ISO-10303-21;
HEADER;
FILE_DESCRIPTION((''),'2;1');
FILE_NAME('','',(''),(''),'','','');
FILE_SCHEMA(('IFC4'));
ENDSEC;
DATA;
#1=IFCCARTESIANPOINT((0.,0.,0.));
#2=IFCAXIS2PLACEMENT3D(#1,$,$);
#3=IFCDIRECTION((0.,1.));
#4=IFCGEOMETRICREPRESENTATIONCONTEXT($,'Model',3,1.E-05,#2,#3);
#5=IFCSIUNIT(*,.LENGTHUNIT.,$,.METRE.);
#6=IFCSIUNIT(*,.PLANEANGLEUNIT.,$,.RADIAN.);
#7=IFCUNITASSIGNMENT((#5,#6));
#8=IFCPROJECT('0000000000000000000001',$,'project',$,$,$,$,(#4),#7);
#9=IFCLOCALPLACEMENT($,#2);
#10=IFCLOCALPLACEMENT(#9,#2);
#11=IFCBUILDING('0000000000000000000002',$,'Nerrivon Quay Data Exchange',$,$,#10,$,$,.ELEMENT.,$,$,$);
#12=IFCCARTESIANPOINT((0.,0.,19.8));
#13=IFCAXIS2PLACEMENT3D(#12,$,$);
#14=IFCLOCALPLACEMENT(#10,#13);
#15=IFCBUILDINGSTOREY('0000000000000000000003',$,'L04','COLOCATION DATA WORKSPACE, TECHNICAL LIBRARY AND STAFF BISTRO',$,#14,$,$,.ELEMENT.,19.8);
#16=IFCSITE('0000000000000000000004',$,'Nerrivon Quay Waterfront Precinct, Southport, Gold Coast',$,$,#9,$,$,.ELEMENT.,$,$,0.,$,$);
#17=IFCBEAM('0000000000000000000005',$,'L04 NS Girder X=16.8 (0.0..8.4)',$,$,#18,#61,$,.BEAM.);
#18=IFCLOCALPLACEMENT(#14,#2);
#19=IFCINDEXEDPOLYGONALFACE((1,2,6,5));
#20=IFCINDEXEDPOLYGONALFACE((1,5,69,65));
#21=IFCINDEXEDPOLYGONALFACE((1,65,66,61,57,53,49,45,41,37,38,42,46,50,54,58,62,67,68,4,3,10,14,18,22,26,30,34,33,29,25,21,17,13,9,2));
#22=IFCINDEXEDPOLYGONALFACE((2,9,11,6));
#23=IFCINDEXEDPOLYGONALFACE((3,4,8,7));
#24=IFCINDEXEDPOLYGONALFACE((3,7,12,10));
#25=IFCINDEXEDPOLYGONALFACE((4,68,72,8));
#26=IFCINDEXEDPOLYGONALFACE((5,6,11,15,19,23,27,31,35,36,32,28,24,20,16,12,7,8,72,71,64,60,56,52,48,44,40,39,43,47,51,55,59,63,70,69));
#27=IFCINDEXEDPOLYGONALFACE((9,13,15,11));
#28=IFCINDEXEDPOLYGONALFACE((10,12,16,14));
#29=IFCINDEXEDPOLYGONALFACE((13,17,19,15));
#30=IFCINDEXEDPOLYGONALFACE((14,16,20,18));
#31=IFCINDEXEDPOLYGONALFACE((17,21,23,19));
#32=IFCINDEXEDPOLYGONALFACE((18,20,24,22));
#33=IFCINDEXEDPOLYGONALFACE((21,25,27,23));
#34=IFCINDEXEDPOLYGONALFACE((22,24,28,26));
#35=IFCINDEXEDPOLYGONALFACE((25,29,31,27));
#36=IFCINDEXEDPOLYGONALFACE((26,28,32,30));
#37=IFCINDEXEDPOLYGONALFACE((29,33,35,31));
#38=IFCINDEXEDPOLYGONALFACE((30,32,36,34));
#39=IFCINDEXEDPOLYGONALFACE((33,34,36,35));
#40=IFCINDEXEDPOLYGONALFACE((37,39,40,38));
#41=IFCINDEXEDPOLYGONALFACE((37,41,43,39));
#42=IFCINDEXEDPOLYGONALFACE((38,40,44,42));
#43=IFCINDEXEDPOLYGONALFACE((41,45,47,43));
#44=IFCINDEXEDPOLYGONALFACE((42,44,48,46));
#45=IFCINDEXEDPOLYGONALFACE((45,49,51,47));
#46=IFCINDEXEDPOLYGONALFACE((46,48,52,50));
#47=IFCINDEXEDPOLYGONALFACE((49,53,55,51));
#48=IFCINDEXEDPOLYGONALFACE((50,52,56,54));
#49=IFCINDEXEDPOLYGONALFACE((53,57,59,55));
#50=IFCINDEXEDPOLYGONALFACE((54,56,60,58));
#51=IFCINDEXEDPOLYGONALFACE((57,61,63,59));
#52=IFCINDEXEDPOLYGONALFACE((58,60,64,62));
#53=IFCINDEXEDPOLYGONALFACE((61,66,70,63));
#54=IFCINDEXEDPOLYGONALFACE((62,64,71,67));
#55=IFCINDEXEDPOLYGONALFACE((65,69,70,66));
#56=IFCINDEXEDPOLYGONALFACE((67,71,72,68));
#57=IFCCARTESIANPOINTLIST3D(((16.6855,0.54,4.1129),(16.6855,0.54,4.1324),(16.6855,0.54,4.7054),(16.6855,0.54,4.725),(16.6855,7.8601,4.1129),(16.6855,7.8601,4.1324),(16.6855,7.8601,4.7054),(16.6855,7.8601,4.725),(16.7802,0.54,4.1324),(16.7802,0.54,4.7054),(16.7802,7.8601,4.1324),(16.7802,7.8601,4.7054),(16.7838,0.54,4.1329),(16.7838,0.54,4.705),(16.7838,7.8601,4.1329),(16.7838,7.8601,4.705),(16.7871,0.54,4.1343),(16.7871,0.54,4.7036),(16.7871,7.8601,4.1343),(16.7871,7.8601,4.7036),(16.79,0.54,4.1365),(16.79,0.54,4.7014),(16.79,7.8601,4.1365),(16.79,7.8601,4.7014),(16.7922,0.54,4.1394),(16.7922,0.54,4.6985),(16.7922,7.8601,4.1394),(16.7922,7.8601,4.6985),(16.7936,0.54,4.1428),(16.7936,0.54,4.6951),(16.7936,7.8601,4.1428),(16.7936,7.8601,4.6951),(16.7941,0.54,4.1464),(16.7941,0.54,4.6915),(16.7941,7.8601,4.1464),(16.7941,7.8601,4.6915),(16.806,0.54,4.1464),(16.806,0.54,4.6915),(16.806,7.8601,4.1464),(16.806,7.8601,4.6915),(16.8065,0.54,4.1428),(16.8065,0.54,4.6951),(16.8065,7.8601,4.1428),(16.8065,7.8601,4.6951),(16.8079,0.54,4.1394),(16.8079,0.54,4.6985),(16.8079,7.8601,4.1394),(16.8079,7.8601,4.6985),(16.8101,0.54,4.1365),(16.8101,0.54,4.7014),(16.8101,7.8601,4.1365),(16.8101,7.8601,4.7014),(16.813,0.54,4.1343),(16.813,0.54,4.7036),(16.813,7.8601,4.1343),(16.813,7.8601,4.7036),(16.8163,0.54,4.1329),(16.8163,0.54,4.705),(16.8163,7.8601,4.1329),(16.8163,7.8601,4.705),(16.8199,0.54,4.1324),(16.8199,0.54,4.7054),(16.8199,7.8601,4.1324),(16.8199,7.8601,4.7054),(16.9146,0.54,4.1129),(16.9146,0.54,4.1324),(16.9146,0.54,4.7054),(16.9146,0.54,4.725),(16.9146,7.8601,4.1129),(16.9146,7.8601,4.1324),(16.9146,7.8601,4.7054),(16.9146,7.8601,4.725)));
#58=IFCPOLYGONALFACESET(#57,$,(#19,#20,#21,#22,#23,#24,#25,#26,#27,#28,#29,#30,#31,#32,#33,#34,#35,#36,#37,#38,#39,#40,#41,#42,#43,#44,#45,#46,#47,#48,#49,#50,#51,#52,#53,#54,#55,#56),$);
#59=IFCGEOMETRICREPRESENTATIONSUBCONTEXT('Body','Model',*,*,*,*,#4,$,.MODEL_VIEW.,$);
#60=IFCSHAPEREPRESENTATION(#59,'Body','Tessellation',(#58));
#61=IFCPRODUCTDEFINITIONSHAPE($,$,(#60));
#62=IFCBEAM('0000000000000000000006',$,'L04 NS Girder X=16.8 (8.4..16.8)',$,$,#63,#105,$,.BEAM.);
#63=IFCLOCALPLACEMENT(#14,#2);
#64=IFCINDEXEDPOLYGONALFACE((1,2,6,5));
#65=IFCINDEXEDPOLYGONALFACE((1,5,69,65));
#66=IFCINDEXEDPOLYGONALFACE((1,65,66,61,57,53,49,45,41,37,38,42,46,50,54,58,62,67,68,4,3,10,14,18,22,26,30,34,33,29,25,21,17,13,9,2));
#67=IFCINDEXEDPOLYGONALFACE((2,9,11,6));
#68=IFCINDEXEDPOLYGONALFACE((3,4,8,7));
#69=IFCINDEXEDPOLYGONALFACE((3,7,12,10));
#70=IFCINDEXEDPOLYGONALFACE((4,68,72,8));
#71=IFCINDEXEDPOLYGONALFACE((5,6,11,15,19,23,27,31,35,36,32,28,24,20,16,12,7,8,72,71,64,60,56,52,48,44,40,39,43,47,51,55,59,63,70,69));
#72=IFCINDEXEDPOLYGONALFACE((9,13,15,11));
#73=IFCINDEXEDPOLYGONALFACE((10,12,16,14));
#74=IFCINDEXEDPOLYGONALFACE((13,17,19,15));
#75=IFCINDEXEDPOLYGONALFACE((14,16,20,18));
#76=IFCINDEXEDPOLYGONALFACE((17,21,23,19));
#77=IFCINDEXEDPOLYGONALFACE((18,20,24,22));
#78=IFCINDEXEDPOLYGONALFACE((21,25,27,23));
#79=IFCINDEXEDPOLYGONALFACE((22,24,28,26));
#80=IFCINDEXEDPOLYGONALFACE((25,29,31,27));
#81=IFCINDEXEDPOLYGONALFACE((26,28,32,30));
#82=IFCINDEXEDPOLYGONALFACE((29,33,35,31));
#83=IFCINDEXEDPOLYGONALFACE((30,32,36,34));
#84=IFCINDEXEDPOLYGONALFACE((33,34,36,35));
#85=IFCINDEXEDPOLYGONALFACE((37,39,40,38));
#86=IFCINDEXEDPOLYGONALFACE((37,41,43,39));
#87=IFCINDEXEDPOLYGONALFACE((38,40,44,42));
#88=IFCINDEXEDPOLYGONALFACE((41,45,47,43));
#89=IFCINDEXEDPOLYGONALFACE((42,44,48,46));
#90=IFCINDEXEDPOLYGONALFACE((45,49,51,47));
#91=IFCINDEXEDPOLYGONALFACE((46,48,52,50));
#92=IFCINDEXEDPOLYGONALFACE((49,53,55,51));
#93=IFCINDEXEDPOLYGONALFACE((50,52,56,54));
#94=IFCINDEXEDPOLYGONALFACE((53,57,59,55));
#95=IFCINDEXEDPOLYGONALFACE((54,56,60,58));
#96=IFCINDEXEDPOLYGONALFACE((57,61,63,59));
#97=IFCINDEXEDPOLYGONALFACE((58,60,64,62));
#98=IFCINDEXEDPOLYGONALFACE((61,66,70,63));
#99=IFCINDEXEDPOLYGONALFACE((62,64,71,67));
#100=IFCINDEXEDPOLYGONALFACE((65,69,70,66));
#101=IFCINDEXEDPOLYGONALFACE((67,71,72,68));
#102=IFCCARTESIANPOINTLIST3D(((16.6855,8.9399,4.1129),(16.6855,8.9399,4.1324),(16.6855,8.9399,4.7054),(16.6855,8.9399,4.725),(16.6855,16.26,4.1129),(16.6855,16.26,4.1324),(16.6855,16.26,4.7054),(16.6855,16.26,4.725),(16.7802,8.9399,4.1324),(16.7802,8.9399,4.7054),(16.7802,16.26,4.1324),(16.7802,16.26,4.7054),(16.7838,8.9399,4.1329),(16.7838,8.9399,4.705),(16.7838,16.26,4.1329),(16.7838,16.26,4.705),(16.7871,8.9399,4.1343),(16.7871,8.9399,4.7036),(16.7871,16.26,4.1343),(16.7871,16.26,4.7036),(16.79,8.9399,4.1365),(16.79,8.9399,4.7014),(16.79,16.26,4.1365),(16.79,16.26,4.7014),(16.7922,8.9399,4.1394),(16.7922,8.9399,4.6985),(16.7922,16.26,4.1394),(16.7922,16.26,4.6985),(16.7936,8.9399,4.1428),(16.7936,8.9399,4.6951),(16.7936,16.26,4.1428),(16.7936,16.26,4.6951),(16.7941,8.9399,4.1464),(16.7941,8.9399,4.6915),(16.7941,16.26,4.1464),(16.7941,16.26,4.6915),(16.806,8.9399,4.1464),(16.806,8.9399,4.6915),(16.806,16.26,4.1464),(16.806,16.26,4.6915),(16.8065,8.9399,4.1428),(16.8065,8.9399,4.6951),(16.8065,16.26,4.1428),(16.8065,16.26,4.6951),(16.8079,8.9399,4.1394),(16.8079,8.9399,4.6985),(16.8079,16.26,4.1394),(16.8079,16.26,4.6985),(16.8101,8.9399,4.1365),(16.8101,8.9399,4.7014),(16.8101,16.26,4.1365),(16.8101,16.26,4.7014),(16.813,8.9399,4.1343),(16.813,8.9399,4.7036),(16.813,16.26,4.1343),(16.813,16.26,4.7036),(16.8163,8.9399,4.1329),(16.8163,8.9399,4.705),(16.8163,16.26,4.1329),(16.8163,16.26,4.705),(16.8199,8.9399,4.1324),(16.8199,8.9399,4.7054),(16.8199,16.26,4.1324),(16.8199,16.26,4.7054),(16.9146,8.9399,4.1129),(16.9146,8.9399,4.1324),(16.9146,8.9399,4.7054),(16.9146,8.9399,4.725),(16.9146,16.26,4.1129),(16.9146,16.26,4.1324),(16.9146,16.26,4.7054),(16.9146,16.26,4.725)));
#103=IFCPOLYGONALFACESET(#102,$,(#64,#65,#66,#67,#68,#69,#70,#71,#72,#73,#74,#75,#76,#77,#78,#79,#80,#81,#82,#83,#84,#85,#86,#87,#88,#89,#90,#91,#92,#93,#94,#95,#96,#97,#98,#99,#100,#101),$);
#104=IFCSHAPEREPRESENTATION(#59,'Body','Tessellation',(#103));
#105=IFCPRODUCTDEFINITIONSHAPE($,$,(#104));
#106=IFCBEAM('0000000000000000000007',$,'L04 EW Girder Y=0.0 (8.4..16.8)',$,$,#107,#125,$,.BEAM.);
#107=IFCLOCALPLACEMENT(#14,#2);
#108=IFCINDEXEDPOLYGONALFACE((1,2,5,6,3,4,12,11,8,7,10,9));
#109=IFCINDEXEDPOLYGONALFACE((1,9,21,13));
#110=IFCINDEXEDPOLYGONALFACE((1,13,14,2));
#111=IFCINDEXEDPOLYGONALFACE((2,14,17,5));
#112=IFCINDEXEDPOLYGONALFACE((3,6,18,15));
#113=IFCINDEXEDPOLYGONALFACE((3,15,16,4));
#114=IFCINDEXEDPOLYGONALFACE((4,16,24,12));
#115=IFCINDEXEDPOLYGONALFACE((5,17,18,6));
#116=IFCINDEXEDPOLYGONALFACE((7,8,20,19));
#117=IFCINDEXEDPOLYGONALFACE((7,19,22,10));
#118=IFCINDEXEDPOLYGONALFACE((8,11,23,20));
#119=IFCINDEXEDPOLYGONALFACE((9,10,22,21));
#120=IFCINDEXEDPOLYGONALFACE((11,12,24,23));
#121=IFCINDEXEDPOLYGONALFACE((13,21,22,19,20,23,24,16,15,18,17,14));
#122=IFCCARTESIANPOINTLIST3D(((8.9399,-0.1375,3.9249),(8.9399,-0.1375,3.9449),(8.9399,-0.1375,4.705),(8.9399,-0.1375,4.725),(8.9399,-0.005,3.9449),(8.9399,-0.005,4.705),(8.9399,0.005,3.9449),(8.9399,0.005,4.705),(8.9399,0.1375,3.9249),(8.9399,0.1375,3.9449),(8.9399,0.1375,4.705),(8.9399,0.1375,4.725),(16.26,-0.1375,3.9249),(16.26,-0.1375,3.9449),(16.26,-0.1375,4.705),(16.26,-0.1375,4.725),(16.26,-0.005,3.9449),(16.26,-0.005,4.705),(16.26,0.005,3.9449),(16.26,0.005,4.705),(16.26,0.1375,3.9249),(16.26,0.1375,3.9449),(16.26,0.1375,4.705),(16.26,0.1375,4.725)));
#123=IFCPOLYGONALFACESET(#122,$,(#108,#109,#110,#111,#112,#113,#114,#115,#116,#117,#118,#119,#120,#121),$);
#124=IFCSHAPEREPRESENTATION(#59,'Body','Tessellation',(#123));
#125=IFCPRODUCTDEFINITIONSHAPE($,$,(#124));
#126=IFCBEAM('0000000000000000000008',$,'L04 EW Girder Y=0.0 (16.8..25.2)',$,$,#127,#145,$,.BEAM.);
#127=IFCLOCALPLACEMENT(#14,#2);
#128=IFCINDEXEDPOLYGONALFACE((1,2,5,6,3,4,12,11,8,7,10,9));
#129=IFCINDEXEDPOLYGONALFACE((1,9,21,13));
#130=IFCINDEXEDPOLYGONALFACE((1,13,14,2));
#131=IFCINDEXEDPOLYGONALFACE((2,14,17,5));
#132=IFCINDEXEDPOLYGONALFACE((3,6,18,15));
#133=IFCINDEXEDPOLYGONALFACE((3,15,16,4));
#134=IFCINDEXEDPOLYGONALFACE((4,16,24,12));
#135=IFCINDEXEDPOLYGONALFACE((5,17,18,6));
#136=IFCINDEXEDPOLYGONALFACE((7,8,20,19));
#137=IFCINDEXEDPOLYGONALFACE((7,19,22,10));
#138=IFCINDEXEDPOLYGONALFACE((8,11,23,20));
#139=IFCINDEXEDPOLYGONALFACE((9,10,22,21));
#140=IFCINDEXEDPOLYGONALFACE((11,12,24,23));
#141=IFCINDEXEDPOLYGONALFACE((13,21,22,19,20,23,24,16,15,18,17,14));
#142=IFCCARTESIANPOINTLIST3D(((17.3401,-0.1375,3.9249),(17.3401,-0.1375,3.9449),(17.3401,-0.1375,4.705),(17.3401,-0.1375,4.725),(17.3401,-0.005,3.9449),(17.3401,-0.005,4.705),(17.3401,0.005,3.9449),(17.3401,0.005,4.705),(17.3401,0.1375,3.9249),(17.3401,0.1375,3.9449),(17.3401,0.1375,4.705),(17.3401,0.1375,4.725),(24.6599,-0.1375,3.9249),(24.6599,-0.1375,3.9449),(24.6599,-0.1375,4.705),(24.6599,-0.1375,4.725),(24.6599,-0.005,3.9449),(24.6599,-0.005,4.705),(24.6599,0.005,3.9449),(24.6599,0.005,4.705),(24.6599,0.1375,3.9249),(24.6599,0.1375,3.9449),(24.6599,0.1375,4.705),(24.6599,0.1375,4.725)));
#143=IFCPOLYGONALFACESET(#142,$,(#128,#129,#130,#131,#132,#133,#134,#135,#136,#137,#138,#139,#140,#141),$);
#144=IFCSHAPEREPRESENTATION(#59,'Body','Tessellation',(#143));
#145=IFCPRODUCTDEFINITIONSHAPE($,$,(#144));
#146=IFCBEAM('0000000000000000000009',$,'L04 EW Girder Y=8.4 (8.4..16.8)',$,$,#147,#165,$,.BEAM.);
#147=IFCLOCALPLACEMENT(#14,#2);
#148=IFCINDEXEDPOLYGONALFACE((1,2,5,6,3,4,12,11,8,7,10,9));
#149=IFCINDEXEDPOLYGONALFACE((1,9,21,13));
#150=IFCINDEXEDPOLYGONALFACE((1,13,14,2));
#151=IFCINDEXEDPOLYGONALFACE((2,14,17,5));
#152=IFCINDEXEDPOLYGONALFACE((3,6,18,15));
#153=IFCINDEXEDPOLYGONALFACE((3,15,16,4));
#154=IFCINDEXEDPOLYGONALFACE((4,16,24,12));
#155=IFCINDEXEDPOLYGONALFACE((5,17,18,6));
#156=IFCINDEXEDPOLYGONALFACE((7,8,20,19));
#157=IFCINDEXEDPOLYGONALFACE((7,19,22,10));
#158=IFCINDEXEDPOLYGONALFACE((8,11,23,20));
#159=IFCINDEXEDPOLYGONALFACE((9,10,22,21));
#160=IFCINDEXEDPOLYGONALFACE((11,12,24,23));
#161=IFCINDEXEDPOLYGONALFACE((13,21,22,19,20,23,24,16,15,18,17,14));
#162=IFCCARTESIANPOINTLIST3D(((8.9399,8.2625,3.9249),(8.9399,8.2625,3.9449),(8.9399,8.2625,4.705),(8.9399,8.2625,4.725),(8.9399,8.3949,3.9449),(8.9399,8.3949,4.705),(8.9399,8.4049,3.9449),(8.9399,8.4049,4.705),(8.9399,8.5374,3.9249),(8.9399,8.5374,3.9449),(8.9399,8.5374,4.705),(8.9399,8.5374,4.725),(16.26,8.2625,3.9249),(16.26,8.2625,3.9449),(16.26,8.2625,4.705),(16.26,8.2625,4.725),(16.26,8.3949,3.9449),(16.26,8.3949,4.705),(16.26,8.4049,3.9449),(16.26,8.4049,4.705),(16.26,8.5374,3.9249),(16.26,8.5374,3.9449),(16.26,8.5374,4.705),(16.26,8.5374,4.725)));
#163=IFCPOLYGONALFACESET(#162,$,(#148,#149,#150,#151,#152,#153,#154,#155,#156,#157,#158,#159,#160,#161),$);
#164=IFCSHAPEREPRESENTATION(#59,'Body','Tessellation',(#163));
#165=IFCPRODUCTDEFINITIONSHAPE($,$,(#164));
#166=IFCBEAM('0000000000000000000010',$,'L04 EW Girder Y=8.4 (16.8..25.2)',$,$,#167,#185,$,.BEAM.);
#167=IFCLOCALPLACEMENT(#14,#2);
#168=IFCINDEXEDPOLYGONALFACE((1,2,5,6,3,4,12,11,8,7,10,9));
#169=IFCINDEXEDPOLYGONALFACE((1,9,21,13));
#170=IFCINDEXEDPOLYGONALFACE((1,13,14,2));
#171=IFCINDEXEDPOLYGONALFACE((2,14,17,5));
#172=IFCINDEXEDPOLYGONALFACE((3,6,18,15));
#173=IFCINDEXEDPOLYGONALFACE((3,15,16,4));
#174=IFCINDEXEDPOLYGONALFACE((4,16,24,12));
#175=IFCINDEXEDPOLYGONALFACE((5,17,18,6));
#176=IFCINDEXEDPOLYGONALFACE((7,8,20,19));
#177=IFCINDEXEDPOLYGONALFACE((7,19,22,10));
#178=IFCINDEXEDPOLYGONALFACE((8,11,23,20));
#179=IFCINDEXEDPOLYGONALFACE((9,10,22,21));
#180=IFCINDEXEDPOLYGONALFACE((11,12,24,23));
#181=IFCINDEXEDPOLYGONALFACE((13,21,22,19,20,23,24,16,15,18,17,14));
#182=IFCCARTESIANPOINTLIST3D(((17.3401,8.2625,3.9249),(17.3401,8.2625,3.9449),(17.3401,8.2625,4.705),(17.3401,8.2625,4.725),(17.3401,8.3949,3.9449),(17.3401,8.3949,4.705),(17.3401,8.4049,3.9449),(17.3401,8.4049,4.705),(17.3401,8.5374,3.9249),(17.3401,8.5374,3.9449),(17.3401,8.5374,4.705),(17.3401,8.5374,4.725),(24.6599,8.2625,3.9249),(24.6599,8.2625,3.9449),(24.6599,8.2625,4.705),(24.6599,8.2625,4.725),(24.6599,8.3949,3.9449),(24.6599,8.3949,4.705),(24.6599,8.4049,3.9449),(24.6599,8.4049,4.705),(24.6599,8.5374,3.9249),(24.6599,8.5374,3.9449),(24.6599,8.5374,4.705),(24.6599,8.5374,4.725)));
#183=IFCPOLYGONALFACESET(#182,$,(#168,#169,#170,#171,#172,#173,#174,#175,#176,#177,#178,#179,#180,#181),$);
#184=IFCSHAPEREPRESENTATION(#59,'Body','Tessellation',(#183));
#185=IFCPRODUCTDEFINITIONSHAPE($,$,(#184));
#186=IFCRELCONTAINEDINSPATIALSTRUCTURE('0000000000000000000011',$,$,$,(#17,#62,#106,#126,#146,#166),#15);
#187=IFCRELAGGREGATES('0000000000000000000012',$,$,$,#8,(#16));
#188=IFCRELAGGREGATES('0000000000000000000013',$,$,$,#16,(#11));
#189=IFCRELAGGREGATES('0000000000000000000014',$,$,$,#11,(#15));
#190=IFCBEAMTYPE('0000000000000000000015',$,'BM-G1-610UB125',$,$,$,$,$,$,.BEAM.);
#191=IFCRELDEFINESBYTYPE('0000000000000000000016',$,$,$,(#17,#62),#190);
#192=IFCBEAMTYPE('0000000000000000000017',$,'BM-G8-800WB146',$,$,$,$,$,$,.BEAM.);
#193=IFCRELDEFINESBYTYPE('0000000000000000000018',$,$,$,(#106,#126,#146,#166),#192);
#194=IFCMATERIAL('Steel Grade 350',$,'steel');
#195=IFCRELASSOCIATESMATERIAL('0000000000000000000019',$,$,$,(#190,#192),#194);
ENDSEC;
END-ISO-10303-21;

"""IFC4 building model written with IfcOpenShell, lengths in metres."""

from ifc_helpers import new_model, si_unit, direction, frame, origin, origin_2d, place, context, subcontext, project, spatial, i_section, extrude, material, material_profile, profile_set, type_object, element, save


model = new_model("IFC4")

# Units and contexts
model_context = context("Model", 3, precision=1e-05, world=origin(), true_north=direction((0.0, 1.0)))
body_context = subcontext(model_context, "Body", "Model", "MODEL_VIEW")
ifc_project = project(units=[si_unit("LENGTHUNIT", "METRE"), si_unit("PLANEANGLEUNIT", "RADIAN")], contexts=[model_context])

# Site, building, storey
site_placement = place(None, origin())
site = spatial("IfcSite", under=ifc_project, at=site_placement, Name="Nerrivon Quay Waterfront Precinct, Southport, Gold Coast", CompositionType="ELEMENT", RefElevation=0.0)
building_placement = place(site_placement, origin())
building = spatial("IfcBuilding", under=site, at=building_placement, Name="Nerrivon Quay Data Exchange", CompositionType="ELEMENT")
storey_placement = place(building_placement, frame((0.0, 0.0, 19.8)))
storey = spatial("IfcBuildingStorey", under=building, at=storey_placement, Name="L04", Description="COLOCATION DATA WORKSPACE, TECHNICAL LIBRARY AND STAFF BISTRO", CompositionType="ELEMENT", Elevation=19.8)

# Beams
ifc_material_1 = material(Name="Steel Grade 350", Category="steel")
ifc_material_profile_1 = material_profile(ifc_material_1, i_section(OverallWidth=0.229, OverallDepth=0.6121, WebThickness=0.012, FlangeThickness=0.0195, FilletRadius=0.0139, at=origin_2d()), Name="610UB125")
ifc_profile_set_1 = profile_set([ifc_material_profile_1], Name="Steel Grade 350")
beam_type_1 = type_object("IfcBeamType", Name="BM-G1-610UB125", PredefinedType="BEAM", material=ifc_profile_set_1)
for number, where, z_axis, x_axis, name in (
    (1, (16.8, 0.54, 4.4189), (0.0, 1.0, 0.0), (-1.0, 0.0, 0.0), "L04 NS Girder X=16.8 (0.0..8.4)"),
    (2, (16.8, 8.9399, 4.4189), (0.0, 1.0, 0.0), (-1.0, 0.0, 0.0), "L04 NS Girder X=16.8 (8.4..16.8)"),
):
    element("IfcBeam", number, at=place(storey_placement, frame(where, z_axis=z_axis, x_axis=x_axis)), inside=storey, type_object=beam_type_1, Name=name, PredefinedType="BEAM", context=body_context, shape_type="SweptSolid", body=[
        extrude(i_section(OverallWidth=0.229, OverallDepth=0.6121, WebThickness=0.012, FlangeThickness=0.0195, FilletRadius=0.0139, at=origin_2d()), origin(), (0.0, 0.0, 1.0), 7.3201),
    ])
ifc_material_profile_2 = material_profile(ifc_material_1, i_section(OverallWidth=0.2749, OverallDepth=0.8, WebThickness=0.01, FlangeThickness=0.02, at=origin_2d()), Name="800WB146")
ifc_profile_set_2 = profile_set([ifc_material_profile_2], Name="Steel Grade 350")
beam_type_2 = type_object("IfcBeamType", Name="BM-G8-800WB146", PredefinedType="BEAM", material=ifc_profile_set_2)
beam_1_placement = place(storey_placement, frame((8.9399, 0.0, 4.325), z_axis=(1.0, 0.0, 0.0), x_axis=(0.0, 1.0, 0.0)))
element("IfcBeam", 3, at=beam_1_placement, inside=storey, type_object=beam_type_2, Name="L04 EW Girder Y=0.0 (8.4..16.8)", PredefinedType="BEAM", context=body_context, shape_type="SweptSolid", body=[
    extrude(i_section(OverallWidth=0.2749, OverallDepth=0.8, WebThickness=0.01, FlangeThickness=0.02, at=origin_2d()), origin(), (0.0, 0.0, 1.0), 7.3201),
])
beam_2_placement = place(storey_placement, frame((17.3401, 0.0, 4.325), z_axis=(1.0, 0.0, 0.0), x_axis=(0.0, 1.0, 0.0)))
element("IfcBeam", 4, at=beam_2_placement, inside=storey, type_object=beam_type_2, Name="L04 EW Girder Y=0.0 (16.8..25.2)", PredefinedType="BEAM", context=body_context, shape_type="SweptSolid", body=[
    extrude(i_section(OverallWidth=0.2749, OverallDepth=0.8, WebThickness=0.01, FlangeThickness=0.02, at=origin_2d()), origin(), (0.0, 0.0, 1.0), 7.3198),
])
beam_3_placement = place(storey_placement, frame((8.9399, 8.3999, 4.325), z_axis=(1.0, 0.0, 0.0), x_axis=(0.0, 1.0, 0.0)))
element("IfcBeam", 5, at=beam_3_placement, inside=storey, type_object=beam_type_2, Name="L04 EW Girder Y=8.4 (8.4..16.8)", PredefinedType="BEAM", context=body_context, shape_type="SweptSolid", body=[
    extrude(i_section(OverallWidth=0.2749, OverallDepth=0.8, WebThickness=0.01, FlangeThickness=0.02, at=origin_2d()), origin(), (0.0, 0.0, 1.0), 7.3201),
])
beam_4_placement = place(storey_placement, frame((17.3401, 8.3999, 4.325), z_axis=(1.0, 0.0, 0.0), x_axis=(0.0, 1.0, 0.0)))
element("IfcBeam", 6, at=beam_4_placement, inside=storey, type_object=beam_type_2, Name="L04 EW Girder Y=8.4 (16.8..25.2)", PredefinedType="BEAM", context=body_context, shape_type="SweptSolid", body=[
    extrude(i_section(OverallWidth=0.2749, OverallDepth=0.8, WebThickness=0.01, FlangeThickness=0.02, at=origin_2d()), origin(), (0.0, 0.0, 1.0), 7.3198),
])

save(model, "model.ifc")
